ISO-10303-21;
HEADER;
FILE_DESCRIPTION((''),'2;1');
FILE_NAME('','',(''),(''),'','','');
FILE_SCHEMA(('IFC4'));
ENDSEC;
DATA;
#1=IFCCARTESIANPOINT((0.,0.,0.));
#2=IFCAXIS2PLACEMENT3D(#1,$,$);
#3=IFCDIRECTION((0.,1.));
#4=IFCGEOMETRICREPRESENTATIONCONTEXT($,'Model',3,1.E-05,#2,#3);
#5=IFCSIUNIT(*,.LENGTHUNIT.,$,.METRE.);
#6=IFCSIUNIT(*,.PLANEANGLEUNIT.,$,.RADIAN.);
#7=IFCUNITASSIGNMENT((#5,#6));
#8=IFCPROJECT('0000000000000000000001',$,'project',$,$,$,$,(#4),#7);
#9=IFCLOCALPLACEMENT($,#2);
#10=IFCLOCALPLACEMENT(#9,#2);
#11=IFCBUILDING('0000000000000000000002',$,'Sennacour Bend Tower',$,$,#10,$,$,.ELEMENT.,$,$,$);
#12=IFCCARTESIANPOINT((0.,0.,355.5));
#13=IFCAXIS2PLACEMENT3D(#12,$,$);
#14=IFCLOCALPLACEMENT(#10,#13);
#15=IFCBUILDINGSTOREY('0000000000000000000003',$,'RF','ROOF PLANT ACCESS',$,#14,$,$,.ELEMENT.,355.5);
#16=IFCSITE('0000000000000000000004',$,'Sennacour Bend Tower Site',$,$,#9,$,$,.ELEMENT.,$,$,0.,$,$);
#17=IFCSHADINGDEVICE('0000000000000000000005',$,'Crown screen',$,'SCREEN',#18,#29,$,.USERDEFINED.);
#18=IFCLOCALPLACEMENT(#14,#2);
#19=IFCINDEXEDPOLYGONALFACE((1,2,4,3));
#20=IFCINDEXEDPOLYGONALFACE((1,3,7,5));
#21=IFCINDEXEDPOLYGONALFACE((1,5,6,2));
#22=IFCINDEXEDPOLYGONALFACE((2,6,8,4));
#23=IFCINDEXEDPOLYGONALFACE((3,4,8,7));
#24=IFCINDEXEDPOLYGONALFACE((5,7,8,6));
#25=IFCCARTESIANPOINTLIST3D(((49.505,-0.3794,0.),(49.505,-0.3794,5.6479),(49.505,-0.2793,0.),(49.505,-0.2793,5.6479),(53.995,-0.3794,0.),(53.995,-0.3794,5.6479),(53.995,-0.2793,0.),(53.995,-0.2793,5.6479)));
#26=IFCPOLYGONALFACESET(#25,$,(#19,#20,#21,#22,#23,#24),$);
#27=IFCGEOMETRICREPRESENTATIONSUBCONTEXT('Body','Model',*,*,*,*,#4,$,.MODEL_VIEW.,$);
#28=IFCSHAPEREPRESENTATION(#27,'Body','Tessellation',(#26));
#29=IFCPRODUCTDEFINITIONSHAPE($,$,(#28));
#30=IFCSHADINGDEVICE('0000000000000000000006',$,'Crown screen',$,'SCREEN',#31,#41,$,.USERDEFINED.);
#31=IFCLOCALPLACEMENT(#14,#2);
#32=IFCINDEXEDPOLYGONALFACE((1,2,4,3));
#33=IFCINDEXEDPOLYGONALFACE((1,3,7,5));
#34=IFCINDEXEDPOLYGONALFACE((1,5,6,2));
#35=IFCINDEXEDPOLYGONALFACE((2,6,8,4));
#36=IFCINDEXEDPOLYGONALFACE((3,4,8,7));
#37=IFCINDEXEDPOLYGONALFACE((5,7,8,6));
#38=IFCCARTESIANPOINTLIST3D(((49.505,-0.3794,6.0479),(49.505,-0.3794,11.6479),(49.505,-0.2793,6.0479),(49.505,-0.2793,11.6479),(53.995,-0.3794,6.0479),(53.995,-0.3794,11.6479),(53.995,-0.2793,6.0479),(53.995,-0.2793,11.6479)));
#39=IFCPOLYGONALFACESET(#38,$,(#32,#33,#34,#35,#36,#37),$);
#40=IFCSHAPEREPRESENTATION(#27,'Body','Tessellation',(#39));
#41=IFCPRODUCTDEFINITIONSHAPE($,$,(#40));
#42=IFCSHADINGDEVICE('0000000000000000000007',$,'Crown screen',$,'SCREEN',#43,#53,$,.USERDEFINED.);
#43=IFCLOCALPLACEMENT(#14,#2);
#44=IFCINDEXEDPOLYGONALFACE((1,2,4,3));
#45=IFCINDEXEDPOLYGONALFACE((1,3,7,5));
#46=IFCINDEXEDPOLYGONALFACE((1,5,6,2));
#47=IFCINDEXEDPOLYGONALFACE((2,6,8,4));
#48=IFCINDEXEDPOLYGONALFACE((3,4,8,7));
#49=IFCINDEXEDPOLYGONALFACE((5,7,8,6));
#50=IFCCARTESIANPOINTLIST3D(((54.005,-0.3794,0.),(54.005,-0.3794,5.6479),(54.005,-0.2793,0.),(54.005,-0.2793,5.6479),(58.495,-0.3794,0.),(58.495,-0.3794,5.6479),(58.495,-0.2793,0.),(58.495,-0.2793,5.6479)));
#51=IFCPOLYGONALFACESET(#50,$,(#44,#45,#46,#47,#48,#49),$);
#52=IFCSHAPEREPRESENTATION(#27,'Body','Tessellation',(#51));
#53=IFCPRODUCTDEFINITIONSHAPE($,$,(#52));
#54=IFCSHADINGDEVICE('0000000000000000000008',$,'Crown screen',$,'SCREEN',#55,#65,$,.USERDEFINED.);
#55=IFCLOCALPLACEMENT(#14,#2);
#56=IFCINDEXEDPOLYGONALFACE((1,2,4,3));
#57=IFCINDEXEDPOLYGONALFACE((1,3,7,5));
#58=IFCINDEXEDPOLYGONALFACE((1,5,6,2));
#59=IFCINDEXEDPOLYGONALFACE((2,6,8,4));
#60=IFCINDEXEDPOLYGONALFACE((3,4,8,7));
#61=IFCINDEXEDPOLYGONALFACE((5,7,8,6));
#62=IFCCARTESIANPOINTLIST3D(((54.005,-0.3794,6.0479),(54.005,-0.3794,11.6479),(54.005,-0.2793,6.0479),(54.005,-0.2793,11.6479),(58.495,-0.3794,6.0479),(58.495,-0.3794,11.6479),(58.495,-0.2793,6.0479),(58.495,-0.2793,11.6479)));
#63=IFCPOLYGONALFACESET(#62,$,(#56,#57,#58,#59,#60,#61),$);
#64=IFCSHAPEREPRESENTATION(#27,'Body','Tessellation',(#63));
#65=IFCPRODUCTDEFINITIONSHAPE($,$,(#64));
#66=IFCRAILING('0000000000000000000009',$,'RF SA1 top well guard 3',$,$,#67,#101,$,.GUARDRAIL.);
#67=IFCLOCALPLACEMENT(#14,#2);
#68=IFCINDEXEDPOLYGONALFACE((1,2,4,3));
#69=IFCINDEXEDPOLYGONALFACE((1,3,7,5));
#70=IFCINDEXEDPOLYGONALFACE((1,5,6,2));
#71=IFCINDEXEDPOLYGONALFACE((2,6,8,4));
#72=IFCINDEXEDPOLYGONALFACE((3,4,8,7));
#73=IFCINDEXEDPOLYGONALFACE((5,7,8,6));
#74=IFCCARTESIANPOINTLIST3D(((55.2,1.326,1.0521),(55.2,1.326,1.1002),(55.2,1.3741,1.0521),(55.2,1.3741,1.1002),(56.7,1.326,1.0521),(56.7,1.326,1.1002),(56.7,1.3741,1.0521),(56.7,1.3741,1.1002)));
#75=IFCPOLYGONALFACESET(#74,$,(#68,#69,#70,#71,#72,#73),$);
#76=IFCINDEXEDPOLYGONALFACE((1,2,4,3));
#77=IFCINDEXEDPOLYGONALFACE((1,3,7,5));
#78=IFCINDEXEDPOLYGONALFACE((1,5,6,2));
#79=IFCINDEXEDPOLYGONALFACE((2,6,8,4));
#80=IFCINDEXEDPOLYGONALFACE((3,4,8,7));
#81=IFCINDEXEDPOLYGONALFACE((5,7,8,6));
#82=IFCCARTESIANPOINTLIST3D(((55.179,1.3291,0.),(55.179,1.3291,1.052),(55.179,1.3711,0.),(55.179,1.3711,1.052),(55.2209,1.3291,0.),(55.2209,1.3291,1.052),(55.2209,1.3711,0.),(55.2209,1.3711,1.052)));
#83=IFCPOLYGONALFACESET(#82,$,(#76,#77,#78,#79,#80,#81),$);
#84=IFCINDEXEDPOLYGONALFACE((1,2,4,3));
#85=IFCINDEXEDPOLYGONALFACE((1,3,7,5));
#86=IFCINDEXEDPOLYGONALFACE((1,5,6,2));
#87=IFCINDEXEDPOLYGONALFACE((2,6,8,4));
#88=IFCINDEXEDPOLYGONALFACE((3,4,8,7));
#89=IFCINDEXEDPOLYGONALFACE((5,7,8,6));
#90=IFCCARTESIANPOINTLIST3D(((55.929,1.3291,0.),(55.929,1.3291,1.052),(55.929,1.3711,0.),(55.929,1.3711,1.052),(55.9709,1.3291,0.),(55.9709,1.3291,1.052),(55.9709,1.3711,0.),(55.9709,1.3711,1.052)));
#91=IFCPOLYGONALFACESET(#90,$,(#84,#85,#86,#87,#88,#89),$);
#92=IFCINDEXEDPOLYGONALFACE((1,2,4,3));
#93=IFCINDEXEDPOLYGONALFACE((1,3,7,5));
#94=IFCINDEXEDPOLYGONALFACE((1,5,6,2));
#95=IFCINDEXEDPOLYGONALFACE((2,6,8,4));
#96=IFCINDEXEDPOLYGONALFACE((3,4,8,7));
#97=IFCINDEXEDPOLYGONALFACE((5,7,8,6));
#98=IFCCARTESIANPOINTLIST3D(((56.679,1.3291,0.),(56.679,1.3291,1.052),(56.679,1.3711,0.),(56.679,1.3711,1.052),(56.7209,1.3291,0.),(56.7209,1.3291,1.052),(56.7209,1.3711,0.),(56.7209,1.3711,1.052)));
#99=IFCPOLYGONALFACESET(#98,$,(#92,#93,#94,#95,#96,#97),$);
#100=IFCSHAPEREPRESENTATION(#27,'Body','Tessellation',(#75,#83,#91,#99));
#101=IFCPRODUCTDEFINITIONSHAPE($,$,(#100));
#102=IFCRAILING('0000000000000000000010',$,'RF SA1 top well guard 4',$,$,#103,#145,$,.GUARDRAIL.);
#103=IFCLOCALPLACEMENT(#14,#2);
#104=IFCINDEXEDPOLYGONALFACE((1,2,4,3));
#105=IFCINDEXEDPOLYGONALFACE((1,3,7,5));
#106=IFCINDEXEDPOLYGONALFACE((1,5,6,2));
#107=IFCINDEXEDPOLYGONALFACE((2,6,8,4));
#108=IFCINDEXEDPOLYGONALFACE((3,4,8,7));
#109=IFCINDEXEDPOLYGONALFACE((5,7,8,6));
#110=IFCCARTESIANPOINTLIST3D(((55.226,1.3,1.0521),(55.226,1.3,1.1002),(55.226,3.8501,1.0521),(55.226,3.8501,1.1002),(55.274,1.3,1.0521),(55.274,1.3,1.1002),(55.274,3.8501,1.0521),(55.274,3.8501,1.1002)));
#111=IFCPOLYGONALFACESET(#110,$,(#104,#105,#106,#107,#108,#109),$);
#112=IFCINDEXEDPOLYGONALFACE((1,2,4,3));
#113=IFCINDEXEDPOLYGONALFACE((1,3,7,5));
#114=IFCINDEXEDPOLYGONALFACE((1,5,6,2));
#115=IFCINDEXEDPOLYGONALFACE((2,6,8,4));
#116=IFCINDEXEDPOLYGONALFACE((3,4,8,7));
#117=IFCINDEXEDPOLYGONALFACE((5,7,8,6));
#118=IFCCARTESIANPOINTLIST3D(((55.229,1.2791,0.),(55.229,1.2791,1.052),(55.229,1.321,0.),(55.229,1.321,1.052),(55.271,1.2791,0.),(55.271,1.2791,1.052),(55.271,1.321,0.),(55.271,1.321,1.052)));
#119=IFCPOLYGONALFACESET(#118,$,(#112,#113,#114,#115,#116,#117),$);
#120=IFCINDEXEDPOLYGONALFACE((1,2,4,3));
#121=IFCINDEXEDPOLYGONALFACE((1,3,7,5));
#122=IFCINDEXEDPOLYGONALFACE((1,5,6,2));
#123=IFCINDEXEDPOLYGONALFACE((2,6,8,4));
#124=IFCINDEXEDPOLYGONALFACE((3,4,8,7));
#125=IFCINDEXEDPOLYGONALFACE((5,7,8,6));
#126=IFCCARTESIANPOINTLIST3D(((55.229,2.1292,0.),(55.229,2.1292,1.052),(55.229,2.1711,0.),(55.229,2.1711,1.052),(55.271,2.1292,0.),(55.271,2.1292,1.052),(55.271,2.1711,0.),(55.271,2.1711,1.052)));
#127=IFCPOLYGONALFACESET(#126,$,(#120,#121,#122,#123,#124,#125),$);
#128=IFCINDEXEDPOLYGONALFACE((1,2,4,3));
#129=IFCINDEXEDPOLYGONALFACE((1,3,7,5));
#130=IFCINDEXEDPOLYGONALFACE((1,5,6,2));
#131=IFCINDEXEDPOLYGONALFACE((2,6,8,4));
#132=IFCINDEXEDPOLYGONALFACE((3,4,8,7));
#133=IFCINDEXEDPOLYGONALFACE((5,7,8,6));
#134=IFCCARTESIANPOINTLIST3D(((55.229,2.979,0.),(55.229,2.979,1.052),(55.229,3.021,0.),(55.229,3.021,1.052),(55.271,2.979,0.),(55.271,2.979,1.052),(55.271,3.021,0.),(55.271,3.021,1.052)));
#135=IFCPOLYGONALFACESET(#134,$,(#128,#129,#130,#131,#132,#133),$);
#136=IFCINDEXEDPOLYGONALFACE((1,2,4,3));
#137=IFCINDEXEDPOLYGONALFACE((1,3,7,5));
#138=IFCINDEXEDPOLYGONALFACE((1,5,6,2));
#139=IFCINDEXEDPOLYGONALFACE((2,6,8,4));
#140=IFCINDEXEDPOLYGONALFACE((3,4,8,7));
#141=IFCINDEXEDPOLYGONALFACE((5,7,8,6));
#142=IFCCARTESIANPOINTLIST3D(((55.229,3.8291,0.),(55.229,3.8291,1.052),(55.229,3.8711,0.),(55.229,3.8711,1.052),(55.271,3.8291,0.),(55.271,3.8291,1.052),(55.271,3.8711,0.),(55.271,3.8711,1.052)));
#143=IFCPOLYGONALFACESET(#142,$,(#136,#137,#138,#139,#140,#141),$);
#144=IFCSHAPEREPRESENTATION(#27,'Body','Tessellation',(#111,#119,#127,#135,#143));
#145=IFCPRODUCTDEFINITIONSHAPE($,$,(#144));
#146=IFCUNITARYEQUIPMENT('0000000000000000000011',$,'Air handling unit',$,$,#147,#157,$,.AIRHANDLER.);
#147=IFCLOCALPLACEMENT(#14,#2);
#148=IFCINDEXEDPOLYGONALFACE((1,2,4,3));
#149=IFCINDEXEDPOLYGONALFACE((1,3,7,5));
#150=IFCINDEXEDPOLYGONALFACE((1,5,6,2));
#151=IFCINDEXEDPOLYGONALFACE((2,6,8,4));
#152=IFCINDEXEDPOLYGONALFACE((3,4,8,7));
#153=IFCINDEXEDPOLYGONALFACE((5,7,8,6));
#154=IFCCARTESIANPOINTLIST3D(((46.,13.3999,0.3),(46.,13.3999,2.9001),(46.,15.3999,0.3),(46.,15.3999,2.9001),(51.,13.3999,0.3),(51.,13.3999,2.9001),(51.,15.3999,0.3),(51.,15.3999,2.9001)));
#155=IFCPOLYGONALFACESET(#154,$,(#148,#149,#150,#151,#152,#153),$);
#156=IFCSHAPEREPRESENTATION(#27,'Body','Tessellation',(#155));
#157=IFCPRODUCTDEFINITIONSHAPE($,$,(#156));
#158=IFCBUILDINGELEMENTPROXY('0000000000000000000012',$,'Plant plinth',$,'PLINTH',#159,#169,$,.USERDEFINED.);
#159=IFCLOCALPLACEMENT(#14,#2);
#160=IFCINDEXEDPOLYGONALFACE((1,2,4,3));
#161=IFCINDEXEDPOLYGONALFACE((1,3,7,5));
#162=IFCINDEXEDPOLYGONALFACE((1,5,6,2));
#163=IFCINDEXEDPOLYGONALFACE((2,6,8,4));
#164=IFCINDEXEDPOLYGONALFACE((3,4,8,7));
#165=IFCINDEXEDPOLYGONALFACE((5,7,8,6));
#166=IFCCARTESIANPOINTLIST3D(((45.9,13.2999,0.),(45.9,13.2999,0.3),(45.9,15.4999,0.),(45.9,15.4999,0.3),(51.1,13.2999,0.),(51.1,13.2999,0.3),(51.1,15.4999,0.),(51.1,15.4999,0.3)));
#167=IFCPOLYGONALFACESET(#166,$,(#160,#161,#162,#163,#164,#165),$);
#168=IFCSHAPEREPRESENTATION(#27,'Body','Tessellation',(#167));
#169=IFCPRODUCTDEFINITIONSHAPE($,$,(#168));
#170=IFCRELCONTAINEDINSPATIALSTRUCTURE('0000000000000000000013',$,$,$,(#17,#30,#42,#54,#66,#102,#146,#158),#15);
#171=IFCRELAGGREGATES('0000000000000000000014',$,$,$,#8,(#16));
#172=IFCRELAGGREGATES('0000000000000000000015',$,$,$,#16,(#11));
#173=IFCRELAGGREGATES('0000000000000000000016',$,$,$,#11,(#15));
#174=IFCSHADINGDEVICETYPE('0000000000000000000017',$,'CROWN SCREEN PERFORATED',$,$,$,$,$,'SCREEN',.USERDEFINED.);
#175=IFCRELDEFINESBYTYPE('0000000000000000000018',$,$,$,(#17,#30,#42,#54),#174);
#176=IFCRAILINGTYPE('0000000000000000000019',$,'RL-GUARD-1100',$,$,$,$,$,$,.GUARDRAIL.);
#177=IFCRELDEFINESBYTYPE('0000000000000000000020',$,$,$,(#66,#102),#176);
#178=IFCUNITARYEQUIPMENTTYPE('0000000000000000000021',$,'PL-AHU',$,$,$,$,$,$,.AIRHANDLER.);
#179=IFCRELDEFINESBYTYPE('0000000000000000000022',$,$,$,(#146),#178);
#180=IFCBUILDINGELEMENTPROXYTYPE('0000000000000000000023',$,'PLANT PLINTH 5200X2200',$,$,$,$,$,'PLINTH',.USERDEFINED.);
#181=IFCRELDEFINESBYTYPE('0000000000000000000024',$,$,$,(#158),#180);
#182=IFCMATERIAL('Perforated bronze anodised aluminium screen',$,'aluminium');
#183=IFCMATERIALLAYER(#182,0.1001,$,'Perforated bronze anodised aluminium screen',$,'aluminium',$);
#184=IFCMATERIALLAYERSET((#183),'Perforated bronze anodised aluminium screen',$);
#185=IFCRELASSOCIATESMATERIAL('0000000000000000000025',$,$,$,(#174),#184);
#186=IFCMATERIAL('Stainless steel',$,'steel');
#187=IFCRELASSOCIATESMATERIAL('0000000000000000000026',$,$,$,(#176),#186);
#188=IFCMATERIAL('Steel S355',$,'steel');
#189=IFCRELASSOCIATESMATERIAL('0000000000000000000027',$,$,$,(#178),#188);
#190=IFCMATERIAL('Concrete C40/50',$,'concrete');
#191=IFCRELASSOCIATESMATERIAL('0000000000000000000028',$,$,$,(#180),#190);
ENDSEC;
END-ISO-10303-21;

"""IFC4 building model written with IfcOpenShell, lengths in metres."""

from ifc_helpers import new_model, si_unit, direction, frame, origin, origin_2d, place, context, subcontext, project, spatial, rectangle, extrude, material, layer, layer_set, type_object, element, save


model = new_model("IFC4")

# Units and contexts
model_context = context("Model", 3, precision=1e-05, world=origin(), true_north=direction((0.0, 1.0)))
body_context = subcontext(model_context, "Body", "Model", "MODEL_VIEW")
ifc_project = project(units=[si_unit("LENGTHUNIT", "METRE"), si_unit("PLANEANGLEUNIT", "RADIAN")], contexts=[model_context])

# Site, building, storey
site_placement = place(None, origin())
site = spatial("IfcSite", under=ifc_project, at=site_placement, Name="Sennacour Bend Tower Site", CompositionType="ELEMENT", RefElevation=0.0)
building_placement = place(site_placement, origin())
building = spatial("IfcBuilding", under=site, at=building_placement, Name="Sennacour Bend Tower", CompositionType="ELEMENT")
storey_placement = place(building_placement, frame((0.0, 0.0, 355.5)))
storey = spatial("IfcBuildingStorey", under=building, at=storey_placement, Name="RF", Description="ROOF PLANT ACCESS", CompositionType="ELEMENT", Elevation=355.5)

# Shading devices
ifc_material_1 = material(Name="Perforated bronze anodised aluminium screen", Category="aluminium")
ifc_layer_1 = layer(ifc_material_1, 0.1001, Name="Perforated bronze anodised aluminium screen", Category="aluminium")
ifc_layer_set_1 = layer_set([ifc_layer_1], Name="Perforated bronze anodised aluminium screen")
shading_device_type = type_object("IfcShadingDeviceType", Name="CROWN SCREEN PERFORATED", ElementType="SCREEN", PredefinedType="USERDEFINED", material=ifc_layer_set_1)
shading_device_1_placement = place(storey_placement, frame((51.75, -0.3293, 0.0), z_axis=(0.0, 0.0, 1.0), x_axis=(1.0, 0.0, 0.0)))
element("IfcShadingDevice", 1, at=shading_device_1_placement, inside=storey, type_object=shading_device_type, Name="Crown screen", ObjectType="SCREEN", PredefinedType="USERDEFINED", context=body_context, shape_type="SweptSolid", body=[
    extrude(rectangle(XDim=4.49, YDim=0.1001, at=origin_2d()), origin(), (0.0, 0.0, 1.0), 5.6479),
])
shading_device_2_placement = place(storey_placement, frame((51.75, -0.3293, 6.0479), z_axis=(0.0, 0.0, 1.0), x_axis=(1.0, 0.0, 0.0)))
element("IfcShadingDevice", 2, at=shading_device_2_placement, inside=storey, type_object=shading_device_type, Name="Crown screen", ObjectType="SCREEN", PredefinedType="USERDEFINED", context=body_context, shape_type="SweptSolid", body=[
    extrude(rectangle(XDim=4.49, YDim=0.1001, at=origin_2d()), origin(), (0.0, 0.0, 1.0), 5.6001),
])
shading_device_3_placement = place(storey_placement, frame((56.25, -0.3293, 0.0), z_axis=(0.0, 0.0, 1.0), x_axis=(1.0, 0.0, 0.0)))
element("IfcShadingDevice", 3, at=shading_device_3_placement, inside=storey, type_object=shading_device_type, Name="Crown screen", ObjectType="SCREEN", PredefinedType="USERDEFINED", context=body_context, shape_type="SweptSolid", body=[
    extrude(rectangle(XDim=4.49, YDim=0.1001, at=origin_2d()), origin(), (0.0, 0.0, 1.0), 5.6479),
])
shading_device_4_placement = place(storey_placement, frame((56.25, -0.3293, 6.0479), z_axis=(0.0, 0.0, 1.0), x_axis=(1.0, 0.0, 0.0)))
element("IfcShadingDevice", 4, at=shading_device_4_placement, inside=storey, type_object=shading_device_type, Name="Crown screen", ObjectType="SCREEN", PredefinedType="USERDEFINED", context=body_context, shape_type="SweptSolid", body=[
    extrude(rectangle(XDim=4.49, YDim=0.1001, at=origin_2d()), origin(), (0.0, 0.0, 1.0), 5.6001),
])

# Railings
ifc_material_2 = material(Name="Stainless steel", Category="steel")
railing_type = type_object("IfcRailingType", Name="RL-GUARD-1100", PredefinedType="GUARDRAIL", material=ifc_material_2)
railing_1_placement = place(storey_placement, frame((55.2, 1.3501, 0.0)))
element("IfcRailing", 5, at=railing_1_placement, inside=storey, type_object=railing_type, Name="RF SA1 top well guard 3", PredefinedType="GUARDRAIL", context=body_context, shape_type="SweptSolid", body=[
    extrude(rectangle(XDim=0.0481, YDim=0.0481, at=origin_2d()), frame((0.0, 0.0, 1.0762), z_axis=(1.0, 0.0, 0.0), x_axis=(0.0, 1.0, 0.0)), (0.0, 0.0, 1.0), 1.5),
    extrude(rectangle(XDim=0.042, YDim=0.042, at=origin_2d()), origin(), (0.0, 0.0, 1.0), 1.052),
    extrude(rectangle(XDim=0.042, YDim=0.042, at=origin_2d()), frame((0.75, 0.0, 0.0)), (0.0, 0.0, 1.0), 1.052),
    extrude(rectangle(XDim=0.042, YDim=0.042, at=origin_2d()), frame((1.5, 0.0, 0.0)), (0.0, 0.0, 1.0), 1.052),
])
railing_2_placement = place(storey_placement, frame((55.25, 1.3, 0.0)))
element("IfcRailing", 6, at=railing_2_placement, inside=storey, type_object=railing_type, Name="RF SA1 top well guard 4", PredefinedType="GUARDRAIL", context=body_context, shape_type="SweptSolid", body=[
    extrude(rectangle(XDim=0.0481, YDim=0.0481, at=origin_2d()), frame((0.0, 0.0, 1.0762), z_axis=(0.0, 1.0, 0.0), x_axis=(-1.0, 0.0, 0.0)), (0.0, 0.0, 1.0), 2.55),
    extrude(rectangle(XDim=0.042, YDim=0.042, at=origin_2d()), origin(), (0.0, 0.0, 1.0), 1.052),
    extrude(rectangle(XDim=0.042, YDim=0.042, at=origin_2d()), frame((0.0, 0.8501, 0.0)), (0.0, 0.0, 1.0), 1.052),
    extrude(rectangle(XDim=0.042, YDim=0.042, at=origin_2d()), frame((0.0, 1.7, 0.0)), (0.0, 0.0, 1.0), 1.052),
    extrude(rectangle(XDim=0.042, YDim=0.042, at=origin_2d()), frame((0.0, 2.55, 0.0)), (0.0, 0.0, 1.0), 1.052),
])

# Unitary equipment
ifc_material_3 = material(Name="Steel S355", Category="steel")
unitary_equipment_type = type_object("IfcUnitaryEquipmentType", Name="PL-AHU", PredefinedType="AIRHANDLER", material=ifc_material_3)
unitary_equipment_placement = place(storey_placement, frame((48.5, 14.3999, 0.3), z_axis=(0.0, 0.0, 1.0), x_axis=(1.0, 0.0, 0.0)))
element("IfcUnitaryEquipment", 7, at=unitary_equipment_placement, inside=storey, type_object=unitary_equipment_type, Name="Air handling unit", PredefinedType="AIRHANDLER", context=body_context, shape_type="SweptSolid", body=[
    extrude(rectangle(XDim=5.0, YDim=2.0, at=origin_2d()), origin(), (0.0, 0.0, 1.0), 2.6001),
])

# Building element proxy
ifc_material_4 = material(Name="Concrete C40/50", Category="concrete")
building_element_proxy_type = type_object("IfcBuildingElementProxyType", Name="PLANT PLINTH 5200X2200", ElementType="PLINTH", PredefinedType="USERDEFINED", material=ifc_material_4)
proxy_placement = place(storey_placement, frame((48.5, 14.3999, 0.0), z_axis=(0.0, 0.0, 1.0), x_axis=(1.0, 0.0, 0.0)))
element("IfcBuildingElementProxy", 8, at=proxy_placement, inside=storey, type_object=building_element_proxy_type, Name="Plant plinth", ObjectType="PLINTH", PredefinedType="USERDEFINED", context=body_context, shape_type="SweptSolid", body=[
    extrude(rectangle(XDim=5.2, YDim=2.2, at=origin_2d()), origin(), (0.0, 0.0, 1.0), 0.3),
])

save(model, "model.ifc")
